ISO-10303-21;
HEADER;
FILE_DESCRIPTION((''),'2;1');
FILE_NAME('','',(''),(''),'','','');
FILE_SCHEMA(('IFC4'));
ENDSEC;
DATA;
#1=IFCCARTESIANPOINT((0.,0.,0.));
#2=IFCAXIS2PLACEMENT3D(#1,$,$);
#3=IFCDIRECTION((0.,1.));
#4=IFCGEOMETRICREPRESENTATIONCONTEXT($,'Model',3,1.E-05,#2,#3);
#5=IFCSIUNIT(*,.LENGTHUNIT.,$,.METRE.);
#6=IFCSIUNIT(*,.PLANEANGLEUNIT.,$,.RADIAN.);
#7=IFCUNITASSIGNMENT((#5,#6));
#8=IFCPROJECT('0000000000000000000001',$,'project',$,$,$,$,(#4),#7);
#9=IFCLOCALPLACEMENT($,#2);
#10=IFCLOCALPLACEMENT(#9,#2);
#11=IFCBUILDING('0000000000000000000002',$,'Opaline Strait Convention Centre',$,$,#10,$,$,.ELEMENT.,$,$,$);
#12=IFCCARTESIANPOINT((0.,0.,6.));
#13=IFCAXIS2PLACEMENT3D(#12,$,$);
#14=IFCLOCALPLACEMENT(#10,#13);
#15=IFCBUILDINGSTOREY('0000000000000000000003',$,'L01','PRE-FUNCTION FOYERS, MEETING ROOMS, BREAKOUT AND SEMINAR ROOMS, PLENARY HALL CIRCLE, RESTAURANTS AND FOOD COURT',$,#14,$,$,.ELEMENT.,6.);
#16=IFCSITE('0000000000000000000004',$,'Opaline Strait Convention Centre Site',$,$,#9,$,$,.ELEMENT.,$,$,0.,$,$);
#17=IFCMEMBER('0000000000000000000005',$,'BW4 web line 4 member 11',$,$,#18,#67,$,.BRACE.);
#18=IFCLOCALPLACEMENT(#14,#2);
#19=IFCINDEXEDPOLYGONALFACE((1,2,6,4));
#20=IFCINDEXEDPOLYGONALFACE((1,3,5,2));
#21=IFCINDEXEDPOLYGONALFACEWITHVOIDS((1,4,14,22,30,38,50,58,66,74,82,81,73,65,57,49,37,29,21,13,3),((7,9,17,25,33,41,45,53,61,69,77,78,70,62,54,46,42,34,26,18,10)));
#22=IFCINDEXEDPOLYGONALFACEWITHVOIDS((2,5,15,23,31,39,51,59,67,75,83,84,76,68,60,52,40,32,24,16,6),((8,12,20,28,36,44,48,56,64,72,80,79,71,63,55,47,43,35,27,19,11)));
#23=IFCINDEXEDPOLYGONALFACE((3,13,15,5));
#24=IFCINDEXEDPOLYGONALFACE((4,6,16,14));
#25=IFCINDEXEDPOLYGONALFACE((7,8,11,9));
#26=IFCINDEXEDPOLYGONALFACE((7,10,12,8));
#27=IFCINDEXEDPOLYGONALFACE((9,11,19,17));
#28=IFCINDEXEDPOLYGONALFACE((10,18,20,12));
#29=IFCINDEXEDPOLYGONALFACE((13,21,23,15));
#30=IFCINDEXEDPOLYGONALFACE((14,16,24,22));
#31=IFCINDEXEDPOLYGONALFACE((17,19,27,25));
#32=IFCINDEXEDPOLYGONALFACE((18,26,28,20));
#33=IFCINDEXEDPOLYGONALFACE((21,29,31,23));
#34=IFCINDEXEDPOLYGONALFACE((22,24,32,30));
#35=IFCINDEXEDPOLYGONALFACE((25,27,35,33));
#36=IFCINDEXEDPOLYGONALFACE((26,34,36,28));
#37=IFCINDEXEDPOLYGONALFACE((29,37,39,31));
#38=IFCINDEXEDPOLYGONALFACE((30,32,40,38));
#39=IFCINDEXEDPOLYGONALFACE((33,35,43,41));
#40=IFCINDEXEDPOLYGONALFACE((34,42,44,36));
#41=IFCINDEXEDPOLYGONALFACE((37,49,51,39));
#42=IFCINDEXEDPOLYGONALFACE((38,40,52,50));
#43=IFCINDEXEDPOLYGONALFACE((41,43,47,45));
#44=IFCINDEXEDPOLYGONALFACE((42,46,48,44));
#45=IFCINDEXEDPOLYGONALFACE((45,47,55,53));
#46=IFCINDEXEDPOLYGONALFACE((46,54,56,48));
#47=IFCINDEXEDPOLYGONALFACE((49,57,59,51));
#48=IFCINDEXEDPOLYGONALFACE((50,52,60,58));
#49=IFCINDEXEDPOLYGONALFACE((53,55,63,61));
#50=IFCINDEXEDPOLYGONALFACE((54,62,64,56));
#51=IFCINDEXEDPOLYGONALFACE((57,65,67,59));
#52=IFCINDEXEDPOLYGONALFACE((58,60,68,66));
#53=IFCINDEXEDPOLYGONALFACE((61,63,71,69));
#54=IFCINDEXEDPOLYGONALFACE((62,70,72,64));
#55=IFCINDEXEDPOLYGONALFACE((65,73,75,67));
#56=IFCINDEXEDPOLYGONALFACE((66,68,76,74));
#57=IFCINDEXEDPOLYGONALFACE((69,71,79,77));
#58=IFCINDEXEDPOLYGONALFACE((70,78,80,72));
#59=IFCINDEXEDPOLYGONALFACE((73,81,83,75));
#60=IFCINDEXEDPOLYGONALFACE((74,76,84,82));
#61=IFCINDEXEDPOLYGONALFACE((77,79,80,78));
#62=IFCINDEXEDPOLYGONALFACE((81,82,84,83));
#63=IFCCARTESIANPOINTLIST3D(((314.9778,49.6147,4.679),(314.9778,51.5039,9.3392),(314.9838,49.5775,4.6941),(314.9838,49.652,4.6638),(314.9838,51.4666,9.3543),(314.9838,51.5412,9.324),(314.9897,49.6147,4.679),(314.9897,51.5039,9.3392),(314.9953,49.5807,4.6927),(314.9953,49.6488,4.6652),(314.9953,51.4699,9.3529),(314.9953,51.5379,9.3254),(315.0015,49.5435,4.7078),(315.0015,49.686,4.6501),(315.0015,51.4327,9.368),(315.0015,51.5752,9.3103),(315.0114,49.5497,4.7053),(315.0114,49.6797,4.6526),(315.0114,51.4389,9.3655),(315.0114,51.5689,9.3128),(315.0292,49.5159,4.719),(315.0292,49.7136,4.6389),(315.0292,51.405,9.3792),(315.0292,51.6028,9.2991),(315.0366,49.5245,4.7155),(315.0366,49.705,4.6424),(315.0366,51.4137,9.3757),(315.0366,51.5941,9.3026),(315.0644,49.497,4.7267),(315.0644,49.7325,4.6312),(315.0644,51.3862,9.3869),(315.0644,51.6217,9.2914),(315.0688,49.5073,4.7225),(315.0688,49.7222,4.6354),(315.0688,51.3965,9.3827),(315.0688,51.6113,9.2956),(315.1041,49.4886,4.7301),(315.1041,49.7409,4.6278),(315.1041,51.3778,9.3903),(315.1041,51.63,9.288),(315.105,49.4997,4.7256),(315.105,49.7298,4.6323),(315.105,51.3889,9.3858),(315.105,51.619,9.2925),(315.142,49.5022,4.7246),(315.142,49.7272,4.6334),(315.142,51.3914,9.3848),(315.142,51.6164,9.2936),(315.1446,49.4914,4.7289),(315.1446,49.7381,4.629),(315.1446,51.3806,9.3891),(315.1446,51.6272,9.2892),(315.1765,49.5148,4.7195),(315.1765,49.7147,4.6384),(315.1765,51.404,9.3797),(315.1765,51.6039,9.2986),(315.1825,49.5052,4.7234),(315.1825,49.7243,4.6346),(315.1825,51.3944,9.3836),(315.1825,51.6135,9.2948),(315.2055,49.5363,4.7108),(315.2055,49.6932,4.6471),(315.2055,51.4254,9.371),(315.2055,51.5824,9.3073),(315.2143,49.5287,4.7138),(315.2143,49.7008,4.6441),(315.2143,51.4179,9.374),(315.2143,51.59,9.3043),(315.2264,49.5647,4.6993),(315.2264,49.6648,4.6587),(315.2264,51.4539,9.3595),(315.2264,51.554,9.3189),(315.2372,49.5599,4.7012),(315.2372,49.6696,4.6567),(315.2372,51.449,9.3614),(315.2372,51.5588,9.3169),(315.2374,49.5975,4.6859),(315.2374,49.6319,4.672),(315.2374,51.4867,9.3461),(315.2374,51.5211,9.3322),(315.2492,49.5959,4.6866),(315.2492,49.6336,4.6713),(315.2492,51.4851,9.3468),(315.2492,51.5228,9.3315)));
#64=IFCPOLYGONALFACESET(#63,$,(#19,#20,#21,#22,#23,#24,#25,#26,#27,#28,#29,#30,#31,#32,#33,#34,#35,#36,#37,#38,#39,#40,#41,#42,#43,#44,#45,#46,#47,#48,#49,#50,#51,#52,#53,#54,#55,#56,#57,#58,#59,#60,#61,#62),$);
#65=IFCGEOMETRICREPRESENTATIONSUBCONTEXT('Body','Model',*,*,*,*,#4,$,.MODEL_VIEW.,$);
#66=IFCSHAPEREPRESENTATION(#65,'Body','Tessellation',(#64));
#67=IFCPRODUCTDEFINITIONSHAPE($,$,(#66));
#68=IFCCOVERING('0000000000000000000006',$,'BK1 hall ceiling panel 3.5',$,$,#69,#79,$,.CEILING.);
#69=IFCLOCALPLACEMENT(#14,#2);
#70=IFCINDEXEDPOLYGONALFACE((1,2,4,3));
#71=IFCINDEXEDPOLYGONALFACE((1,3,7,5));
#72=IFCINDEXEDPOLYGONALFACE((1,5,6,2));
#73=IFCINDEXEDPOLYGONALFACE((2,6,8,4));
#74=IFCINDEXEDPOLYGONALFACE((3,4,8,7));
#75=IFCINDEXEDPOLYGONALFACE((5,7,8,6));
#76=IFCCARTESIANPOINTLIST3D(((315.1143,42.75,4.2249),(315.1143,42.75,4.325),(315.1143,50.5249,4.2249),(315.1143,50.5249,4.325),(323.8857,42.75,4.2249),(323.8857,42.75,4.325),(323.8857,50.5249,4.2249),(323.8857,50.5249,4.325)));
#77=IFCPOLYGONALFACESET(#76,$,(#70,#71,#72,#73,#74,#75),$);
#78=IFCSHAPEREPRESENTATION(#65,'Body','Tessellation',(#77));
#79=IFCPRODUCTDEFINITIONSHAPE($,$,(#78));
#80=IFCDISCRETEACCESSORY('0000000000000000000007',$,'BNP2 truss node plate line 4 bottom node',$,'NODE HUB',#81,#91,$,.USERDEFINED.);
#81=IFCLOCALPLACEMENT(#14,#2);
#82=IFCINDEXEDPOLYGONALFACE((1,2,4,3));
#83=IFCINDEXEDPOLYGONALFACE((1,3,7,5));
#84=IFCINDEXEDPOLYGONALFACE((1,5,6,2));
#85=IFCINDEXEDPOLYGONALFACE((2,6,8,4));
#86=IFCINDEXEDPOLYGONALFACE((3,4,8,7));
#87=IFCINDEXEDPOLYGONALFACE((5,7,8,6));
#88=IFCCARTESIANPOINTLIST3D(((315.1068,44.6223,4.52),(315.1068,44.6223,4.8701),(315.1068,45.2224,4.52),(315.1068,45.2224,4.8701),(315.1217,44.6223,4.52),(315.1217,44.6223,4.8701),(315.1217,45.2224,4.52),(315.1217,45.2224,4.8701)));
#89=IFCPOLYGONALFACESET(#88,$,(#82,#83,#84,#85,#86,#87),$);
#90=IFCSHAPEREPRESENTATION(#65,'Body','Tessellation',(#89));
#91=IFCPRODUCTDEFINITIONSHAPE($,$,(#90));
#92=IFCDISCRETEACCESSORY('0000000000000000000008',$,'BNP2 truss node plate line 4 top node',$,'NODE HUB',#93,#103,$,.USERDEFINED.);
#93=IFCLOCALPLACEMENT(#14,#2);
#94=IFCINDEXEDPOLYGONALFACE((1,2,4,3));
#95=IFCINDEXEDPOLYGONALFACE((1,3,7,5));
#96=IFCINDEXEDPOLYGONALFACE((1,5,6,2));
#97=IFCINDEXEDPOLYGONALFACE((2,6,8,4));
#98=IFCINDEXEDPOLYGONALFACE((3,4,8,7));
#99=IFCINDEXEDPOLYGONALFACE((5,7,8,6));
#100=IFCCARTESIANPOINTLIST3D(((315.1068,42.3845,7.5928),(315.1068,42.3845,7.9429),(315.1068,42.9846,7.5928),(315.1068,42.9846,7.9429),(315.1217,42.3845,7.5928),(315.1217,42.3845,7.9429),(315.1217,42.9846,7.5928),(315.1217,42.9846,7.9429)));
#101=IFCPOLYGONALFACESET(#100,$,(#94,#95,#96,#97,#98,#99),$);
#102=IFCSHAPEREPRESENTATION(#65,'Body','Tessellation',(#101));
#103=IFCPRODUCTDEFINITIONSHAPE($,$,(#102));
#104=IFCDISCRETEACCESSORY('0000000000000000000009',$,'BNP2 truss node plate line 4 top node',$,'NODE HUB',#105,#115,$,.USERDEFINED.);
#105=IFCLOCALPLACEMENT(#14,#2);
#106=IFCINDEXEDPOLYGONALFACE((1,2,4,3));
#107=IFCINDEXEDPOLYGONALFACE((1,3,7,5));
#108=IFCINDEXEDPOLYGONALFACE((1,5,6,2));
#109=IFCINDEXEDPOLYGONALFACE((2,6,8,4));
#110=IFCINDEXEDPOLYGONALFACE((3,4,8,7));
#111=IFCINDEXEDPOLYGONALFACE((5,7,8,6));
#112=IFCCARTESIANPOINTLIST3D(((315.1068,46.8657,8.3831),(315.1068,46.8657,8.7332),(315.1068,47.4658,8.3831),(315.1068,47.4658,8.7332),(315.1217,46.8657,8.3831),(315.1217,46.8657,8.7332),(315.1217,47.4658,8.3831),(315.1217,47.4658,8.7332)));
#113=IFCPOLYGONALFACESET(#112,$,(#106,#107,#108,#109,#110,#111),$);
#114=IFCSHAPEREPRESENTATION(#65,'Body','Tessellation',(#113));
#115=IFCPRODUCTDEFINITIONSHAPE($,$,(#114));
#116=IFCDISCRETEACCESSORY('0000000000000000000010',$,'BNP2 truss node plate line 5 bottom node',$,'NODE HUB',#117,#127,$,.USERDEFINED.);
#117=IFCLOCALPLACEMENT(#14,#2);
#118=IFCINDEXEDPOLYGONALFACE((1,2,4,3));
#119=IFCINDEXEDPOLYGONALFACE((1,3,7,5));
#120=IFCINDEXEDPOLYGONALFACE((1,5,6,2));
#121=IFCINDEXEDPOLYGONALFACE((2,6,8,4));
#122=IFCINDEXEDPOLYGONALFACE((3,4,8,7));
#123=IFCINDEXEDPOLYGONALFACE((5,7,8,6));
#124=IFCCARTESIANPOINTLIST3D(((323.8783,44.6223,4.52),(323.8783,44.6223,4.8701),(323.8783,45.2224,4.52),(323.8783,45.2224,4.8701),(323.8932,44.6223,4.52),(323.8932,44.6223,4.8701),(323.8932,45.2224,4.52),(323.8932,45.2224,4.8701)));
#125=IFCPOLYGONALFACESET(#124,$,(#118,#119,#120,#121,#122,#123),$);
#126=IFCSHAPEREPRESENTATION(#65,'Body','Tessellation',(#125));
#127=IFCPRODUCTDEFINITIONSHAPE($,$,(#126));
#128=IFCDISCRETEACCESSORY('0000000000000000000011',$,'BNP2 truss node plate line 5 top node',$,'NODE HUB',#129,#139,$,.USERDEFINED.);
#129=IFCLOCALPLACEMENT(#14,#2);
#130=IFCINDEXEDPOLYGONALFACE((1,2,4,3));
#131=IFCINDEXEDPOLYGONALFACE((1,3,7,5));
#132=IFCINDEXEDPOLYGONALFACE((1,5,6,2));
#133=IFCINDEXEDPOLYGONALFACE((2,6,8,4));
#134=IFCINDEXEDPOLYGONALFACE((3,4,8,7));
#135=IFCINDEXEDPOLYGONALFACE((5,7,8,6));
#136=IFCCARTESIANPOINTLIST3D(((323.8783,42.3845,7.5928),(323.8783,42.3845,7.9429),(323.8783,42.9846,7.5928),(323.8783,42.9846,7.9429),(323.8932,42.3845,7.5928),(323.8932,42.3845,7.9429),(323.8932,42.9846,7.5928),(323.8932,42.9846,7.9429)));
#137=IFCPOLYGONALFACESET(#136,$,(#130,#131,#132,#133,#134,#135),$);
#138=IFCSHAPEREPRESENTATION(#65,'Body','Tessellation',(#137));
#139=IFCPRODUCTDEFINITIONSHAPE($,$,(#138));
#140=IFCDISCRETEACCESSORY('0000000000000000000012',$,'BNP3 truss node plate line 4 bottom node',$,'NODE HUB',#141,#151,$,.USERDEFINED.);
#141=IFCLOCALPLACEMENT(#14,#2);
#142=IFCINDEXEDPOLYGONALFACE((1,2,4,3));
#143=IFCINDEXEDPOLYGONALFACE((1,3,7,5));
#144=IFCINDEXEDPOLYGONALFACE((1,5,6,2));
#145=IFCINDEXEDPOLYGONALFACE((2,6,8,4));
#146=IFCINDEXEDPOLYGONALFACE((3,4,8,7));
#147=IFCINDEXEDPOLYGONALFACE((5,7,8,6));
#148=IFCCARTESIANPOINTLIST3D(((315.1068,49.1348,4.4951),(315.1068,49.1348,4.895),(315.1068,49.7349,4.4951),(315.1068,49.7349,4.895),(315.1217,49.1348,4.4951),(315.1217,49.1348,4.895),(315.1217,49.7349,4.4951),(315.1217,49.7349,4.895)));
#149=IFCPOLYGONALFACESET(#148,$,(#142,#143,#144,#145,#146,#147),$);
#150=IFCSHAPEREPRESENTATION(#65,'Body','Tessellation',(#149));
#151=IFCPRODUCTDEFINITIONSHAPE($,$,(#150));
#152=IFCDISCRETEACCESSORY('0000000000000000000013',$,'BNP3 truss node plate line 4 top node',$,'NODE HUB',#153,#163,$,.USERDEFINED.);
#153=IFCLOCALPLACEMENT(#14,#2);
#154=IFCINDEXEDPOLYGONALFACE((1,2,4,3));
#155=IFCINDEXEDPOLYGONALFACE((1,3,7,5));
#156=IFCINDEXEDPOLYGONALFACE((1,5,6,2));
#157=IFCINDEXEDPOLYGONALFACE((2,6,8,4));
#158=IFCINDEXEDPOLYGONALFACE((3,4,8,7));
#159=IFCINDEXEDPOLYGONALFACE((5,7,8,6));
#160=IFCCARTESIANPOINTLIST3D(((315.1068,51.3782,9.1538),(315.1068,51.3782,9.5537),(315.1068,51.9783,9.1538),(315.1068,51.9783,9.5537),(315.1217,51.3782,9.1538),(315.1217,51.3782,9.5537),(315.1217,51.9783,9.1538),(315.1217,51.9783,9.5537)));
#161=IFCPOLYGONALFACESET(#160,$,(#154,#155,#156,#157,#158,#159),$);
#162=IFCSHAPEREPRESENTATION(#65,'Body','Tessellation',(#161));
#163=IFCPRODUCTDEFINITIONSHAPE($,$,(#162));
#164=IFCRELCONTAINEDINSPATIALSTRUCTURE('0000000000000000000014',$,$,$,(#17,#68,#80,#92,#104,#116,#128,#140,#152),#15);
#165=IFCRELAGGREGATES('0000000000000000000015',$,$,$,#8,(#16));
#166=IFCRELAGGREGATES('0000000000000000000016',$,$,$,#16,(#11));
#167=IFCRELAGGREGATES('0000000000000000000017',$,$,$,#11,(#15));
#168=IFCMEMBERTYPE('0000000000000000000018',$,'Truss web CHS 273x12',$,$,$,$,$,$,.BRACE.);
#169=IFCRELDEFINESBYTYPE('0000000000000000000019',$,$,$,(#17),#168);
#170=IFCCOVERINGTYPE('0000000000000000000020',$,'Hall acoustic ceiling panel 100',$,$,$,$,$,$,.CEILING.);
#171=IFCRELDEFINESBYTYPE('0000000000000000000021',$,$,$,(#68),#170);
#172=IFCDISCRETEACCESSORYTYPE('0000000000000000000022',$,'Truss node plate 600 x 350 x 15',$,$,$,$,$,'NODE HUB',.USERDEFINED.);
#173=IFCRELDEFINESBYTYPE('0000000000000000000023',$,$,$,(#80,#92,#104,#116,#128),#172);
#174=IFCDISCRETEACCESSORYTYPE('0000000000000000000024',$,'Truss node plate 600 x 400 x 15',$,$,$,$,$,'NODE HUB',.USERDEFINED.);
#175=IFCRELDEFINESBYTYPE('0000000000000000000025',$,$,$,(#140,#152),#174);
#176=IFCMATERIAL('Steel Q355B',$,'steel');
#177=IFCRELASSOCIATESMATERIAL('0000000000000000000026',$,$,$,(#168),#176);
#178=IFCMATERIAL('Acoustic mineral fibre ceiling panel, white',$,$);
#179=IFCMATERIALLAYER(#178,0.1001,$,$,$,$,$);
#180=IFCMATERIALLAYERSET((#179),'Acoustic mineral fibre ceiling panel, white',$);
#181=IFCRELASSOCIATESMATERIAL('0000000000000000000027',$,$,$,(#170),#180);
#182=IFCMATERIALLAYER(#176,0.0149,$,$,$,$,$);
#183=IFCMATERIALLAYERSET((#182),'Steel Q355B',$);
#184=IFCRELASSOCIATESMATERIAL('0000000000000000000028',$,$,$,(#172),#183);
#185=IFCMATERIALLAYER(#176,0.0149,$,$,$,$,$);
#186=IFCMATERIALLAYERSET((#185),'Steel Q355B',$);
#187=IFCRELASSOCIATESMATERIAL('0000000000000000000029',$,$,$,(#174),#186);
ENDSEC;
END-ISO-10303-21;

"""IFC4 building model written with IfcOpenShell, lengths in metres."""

from ifc_helpers import new_model, si_unit, direction, frame, origin, origin_2d, place, context, subcontext, project, spatial, rectangle, hollow_circle, extrude, material, layer, layer_set, material_profile, profile_set, type_object, element, save


model = new_model("IFC4")

# Units and contexts
model_context = context("Model", 3, precision=1e-05, world=origin(), true_north=direction((0.0, 1.0)))
body_context = subcontext(model_context, "Body", "Model", "MODEL_VIEW")
ifc_project = project(units=[si_unit("LENGTHUNIT", "METRE"), si_unit("PLANEANGLEUNIT", "RADIAN")], contexts=[model_context])

# Site, building, storey
site_placement = place(None, origin())
site = spatial("IfcSite", under=ifc_project, at=site_placement, Name="Opaline Strait Convention Centre Site", CompositionType="ELEMENT", RefElevation=0.0)
building_placement = place(site_placement, origin())
building = spatial("IfcBuilding", under=site, at=building_placement, Name="Opaline Strait Convention Centre", CompositionType="ELEMENT")
storey_placement = place(building_placement, frame((0.0, 0.0, 6.0)))
storey = spatial("IfcBuildingStorey", under=building, at=storey_placement, Name="L01", Description="PRE-FUNCTION FOYERS, MEETING ROOMS, BREAKOUT AND SEMINAR ROOMS, PLENARY HALL CIRCLE, RESTAURANTS AND FOOD COURT", CompositionType="ELEMENT", Elevation=6.0)

# Member
ifc_material_1 = material(Name="Steel Q355B", Category="steel")
ifc_material_profile_1 = material_profile(ifc_material_1, hollow_circle(Radius=0.1365, WallThickness=0.012, at=origin_2d()), Name="CHS 273x12")
ifc_profile_set_1 = profile_set([ifc_material_profile_1], Name="Steel Q355B")
member_type_1 = type_object("IfcMemberType", Name="Truss web CHS 273x12", PredefinedType="BRACE", material=ifc_profile_set_1)
member_1_placement = place(storey_placement, frame((315.1143, 49.6147, 4.679), z_axis=(0.0, 0.375689, 0.926746), x_axis=(-1.0, 0.0, 0.0)))
element("IfcMember", 1, at=member_1_placement, inside=storey, type_object=member_type_1, Name="BW4 web line 4 member 11", PredefinedType="BRACE", context=body_context, shape_type="SweptSolid", body=[
    extrude(hollow_circle(Radius=0.1365, WallThickness=0.012, at=origin_2d()), origin(), (0.0, 0.0, 1.0), 5.0286),
])

# Covering
ifc_material_2 = material(Name="Acoustic mineral fibre ceiling panel, white")
ifc_layer_1 = layer(ifc_material_2, 0.1001)
ifc_layer_set_1 = layer_set([ifc_layer_1], Name="Acoustic mineral fibre ceiling panel, white")
covering_type = type_object("IfcCoveringType", Name="Hall acoustic ceiling panel 100", PredefinedType="CEILING", material=ifc_layer_set_1)
covering_placement = place(storey_placement, frame((319.5, 46.6375, 4.2249), z_axis=(0.0, 0.0, 1.0), x_axis=(1.0, 0.0, 0.0)))
element("IfcCovering", 2, at=covering_placement, inside=storey, type_object=covering_type, Name="BK1 hall ceiling panel 3.5", PredefinedType="CEILING", context=body_context, shape_type="SweptSolid", body=[
    extrude(rectangle(XDim=8.7715, YDim=7.7749, at=origin_2d()), origin(), (0.0, 0.0, 1.0), 0.1001),
])

# Discrete accessories
ifc_layer_2 = layer(ifc_material_1, 0.0149)
ifc_layer_set_2 = layer_set([ifc_layer_2], Name="Steel Q355B")
discrete_accessory_type_1 = type_object("IfcDiscreteAccessoryType", Name="Truss node plate 600 x 350 x 15", ElementType="NODE HUB", PredefinedType="USERDEFINED", material=ifc_layer_set_2)
for number, where, z_axis, x_axis, name in (
    (3, (315.1143, 44.9224, 4.52), (0.0, 0.0, 1.0), (1.0, 0.0, 0.0), "BNP2 truss node plate line 4 bottom node"),
    (4, (315.1143, 42.6846, 7.5928), (0.0, 0.0, 1.0), (1.0, 0.0, 0.0), "BNP2 truss node plate line 4 top node"),
    (5, (315.1143, 47.1658, 8.3831), (0.0, 0.0, 1.0), (1.0, 0.0, 0.0), "BNP2 truss node plate line 4 top node"),
    (6, (323.8857, 44.9224, 4.52), (0.0, 0.0, 1.0), (1.0, 0.0, 0.0), "BNP2 truss node plate line 5 bottom node"),
    (7, (323.8857, 42.6846, 7.5928), (0.0, 0.0, 1.0), (1.0, 0.0, 0.0), "BNP2 truss node plate line 5 top node"),
):
    element("IfcDiscreteAccessory", number, at=place(storey_placement, frame(where, z_axis=z_axis, x_axis=x_axis)), inside=storey, type_object=discrete_accessory_type_1, Name=name, ObjectType="NODE HUB", PredefinedType="USERDEFINED", context=body_context, shape_type="SweptSolid", body=[
        extrude(rectangle(XDim=0.0149, YDim=0.6001, at=origin_2d()), origin(), (0.0, 0.0, 1.0), 0.3501),
    ])
ifc_layer_3 = layer(ifc_material_1, 0.0149)
ifc_layer_set_3 = layer_set([ifc_layer_3], Name="Steel Q355B")
discrete_accessory_type_2 = type_object("IfcDiscreteAccessoryType", Name="Truss node plate 600 x 400 x 15", ElementType="NODE HUB", PredefinedType="USERDEFINED", material=ifc_layer_set_3)
for number, where, z_axis, x_axis, name in (
    (8, (315.1143, 49.4348, 4.4951), (0.0, 0.0, 1.0), (1.0, 0.0, 0.0), "BNP3 truss node plate line 4 bottom node"),
    (9, (315.1143, 51.6782, 9.1538), (0.0, 0.0, 1.0), (1.0, 0.0, 0.0), "BNP3 truss node plate line 4 top node"),
):
    element("IfcDiscreteAccessory", number, at=place(storey_placement, frame(where, z_axis=z_axis, x_axis=x_axis)), inside=storey, type_object=discrete_accessory_type_2, Name=name, ObjectType="NODE HUB", PredefinedType="USERDEFINED", context=body_context, shape_type="SweptSolid", body=[
        extrude(rectangle(XDim=0.0149, YDim=0.6001, at=origin_2d()), origin(), (0.0, 0.0, 1.0), 0.3999),
    ])

save(model, "model.ifc")
